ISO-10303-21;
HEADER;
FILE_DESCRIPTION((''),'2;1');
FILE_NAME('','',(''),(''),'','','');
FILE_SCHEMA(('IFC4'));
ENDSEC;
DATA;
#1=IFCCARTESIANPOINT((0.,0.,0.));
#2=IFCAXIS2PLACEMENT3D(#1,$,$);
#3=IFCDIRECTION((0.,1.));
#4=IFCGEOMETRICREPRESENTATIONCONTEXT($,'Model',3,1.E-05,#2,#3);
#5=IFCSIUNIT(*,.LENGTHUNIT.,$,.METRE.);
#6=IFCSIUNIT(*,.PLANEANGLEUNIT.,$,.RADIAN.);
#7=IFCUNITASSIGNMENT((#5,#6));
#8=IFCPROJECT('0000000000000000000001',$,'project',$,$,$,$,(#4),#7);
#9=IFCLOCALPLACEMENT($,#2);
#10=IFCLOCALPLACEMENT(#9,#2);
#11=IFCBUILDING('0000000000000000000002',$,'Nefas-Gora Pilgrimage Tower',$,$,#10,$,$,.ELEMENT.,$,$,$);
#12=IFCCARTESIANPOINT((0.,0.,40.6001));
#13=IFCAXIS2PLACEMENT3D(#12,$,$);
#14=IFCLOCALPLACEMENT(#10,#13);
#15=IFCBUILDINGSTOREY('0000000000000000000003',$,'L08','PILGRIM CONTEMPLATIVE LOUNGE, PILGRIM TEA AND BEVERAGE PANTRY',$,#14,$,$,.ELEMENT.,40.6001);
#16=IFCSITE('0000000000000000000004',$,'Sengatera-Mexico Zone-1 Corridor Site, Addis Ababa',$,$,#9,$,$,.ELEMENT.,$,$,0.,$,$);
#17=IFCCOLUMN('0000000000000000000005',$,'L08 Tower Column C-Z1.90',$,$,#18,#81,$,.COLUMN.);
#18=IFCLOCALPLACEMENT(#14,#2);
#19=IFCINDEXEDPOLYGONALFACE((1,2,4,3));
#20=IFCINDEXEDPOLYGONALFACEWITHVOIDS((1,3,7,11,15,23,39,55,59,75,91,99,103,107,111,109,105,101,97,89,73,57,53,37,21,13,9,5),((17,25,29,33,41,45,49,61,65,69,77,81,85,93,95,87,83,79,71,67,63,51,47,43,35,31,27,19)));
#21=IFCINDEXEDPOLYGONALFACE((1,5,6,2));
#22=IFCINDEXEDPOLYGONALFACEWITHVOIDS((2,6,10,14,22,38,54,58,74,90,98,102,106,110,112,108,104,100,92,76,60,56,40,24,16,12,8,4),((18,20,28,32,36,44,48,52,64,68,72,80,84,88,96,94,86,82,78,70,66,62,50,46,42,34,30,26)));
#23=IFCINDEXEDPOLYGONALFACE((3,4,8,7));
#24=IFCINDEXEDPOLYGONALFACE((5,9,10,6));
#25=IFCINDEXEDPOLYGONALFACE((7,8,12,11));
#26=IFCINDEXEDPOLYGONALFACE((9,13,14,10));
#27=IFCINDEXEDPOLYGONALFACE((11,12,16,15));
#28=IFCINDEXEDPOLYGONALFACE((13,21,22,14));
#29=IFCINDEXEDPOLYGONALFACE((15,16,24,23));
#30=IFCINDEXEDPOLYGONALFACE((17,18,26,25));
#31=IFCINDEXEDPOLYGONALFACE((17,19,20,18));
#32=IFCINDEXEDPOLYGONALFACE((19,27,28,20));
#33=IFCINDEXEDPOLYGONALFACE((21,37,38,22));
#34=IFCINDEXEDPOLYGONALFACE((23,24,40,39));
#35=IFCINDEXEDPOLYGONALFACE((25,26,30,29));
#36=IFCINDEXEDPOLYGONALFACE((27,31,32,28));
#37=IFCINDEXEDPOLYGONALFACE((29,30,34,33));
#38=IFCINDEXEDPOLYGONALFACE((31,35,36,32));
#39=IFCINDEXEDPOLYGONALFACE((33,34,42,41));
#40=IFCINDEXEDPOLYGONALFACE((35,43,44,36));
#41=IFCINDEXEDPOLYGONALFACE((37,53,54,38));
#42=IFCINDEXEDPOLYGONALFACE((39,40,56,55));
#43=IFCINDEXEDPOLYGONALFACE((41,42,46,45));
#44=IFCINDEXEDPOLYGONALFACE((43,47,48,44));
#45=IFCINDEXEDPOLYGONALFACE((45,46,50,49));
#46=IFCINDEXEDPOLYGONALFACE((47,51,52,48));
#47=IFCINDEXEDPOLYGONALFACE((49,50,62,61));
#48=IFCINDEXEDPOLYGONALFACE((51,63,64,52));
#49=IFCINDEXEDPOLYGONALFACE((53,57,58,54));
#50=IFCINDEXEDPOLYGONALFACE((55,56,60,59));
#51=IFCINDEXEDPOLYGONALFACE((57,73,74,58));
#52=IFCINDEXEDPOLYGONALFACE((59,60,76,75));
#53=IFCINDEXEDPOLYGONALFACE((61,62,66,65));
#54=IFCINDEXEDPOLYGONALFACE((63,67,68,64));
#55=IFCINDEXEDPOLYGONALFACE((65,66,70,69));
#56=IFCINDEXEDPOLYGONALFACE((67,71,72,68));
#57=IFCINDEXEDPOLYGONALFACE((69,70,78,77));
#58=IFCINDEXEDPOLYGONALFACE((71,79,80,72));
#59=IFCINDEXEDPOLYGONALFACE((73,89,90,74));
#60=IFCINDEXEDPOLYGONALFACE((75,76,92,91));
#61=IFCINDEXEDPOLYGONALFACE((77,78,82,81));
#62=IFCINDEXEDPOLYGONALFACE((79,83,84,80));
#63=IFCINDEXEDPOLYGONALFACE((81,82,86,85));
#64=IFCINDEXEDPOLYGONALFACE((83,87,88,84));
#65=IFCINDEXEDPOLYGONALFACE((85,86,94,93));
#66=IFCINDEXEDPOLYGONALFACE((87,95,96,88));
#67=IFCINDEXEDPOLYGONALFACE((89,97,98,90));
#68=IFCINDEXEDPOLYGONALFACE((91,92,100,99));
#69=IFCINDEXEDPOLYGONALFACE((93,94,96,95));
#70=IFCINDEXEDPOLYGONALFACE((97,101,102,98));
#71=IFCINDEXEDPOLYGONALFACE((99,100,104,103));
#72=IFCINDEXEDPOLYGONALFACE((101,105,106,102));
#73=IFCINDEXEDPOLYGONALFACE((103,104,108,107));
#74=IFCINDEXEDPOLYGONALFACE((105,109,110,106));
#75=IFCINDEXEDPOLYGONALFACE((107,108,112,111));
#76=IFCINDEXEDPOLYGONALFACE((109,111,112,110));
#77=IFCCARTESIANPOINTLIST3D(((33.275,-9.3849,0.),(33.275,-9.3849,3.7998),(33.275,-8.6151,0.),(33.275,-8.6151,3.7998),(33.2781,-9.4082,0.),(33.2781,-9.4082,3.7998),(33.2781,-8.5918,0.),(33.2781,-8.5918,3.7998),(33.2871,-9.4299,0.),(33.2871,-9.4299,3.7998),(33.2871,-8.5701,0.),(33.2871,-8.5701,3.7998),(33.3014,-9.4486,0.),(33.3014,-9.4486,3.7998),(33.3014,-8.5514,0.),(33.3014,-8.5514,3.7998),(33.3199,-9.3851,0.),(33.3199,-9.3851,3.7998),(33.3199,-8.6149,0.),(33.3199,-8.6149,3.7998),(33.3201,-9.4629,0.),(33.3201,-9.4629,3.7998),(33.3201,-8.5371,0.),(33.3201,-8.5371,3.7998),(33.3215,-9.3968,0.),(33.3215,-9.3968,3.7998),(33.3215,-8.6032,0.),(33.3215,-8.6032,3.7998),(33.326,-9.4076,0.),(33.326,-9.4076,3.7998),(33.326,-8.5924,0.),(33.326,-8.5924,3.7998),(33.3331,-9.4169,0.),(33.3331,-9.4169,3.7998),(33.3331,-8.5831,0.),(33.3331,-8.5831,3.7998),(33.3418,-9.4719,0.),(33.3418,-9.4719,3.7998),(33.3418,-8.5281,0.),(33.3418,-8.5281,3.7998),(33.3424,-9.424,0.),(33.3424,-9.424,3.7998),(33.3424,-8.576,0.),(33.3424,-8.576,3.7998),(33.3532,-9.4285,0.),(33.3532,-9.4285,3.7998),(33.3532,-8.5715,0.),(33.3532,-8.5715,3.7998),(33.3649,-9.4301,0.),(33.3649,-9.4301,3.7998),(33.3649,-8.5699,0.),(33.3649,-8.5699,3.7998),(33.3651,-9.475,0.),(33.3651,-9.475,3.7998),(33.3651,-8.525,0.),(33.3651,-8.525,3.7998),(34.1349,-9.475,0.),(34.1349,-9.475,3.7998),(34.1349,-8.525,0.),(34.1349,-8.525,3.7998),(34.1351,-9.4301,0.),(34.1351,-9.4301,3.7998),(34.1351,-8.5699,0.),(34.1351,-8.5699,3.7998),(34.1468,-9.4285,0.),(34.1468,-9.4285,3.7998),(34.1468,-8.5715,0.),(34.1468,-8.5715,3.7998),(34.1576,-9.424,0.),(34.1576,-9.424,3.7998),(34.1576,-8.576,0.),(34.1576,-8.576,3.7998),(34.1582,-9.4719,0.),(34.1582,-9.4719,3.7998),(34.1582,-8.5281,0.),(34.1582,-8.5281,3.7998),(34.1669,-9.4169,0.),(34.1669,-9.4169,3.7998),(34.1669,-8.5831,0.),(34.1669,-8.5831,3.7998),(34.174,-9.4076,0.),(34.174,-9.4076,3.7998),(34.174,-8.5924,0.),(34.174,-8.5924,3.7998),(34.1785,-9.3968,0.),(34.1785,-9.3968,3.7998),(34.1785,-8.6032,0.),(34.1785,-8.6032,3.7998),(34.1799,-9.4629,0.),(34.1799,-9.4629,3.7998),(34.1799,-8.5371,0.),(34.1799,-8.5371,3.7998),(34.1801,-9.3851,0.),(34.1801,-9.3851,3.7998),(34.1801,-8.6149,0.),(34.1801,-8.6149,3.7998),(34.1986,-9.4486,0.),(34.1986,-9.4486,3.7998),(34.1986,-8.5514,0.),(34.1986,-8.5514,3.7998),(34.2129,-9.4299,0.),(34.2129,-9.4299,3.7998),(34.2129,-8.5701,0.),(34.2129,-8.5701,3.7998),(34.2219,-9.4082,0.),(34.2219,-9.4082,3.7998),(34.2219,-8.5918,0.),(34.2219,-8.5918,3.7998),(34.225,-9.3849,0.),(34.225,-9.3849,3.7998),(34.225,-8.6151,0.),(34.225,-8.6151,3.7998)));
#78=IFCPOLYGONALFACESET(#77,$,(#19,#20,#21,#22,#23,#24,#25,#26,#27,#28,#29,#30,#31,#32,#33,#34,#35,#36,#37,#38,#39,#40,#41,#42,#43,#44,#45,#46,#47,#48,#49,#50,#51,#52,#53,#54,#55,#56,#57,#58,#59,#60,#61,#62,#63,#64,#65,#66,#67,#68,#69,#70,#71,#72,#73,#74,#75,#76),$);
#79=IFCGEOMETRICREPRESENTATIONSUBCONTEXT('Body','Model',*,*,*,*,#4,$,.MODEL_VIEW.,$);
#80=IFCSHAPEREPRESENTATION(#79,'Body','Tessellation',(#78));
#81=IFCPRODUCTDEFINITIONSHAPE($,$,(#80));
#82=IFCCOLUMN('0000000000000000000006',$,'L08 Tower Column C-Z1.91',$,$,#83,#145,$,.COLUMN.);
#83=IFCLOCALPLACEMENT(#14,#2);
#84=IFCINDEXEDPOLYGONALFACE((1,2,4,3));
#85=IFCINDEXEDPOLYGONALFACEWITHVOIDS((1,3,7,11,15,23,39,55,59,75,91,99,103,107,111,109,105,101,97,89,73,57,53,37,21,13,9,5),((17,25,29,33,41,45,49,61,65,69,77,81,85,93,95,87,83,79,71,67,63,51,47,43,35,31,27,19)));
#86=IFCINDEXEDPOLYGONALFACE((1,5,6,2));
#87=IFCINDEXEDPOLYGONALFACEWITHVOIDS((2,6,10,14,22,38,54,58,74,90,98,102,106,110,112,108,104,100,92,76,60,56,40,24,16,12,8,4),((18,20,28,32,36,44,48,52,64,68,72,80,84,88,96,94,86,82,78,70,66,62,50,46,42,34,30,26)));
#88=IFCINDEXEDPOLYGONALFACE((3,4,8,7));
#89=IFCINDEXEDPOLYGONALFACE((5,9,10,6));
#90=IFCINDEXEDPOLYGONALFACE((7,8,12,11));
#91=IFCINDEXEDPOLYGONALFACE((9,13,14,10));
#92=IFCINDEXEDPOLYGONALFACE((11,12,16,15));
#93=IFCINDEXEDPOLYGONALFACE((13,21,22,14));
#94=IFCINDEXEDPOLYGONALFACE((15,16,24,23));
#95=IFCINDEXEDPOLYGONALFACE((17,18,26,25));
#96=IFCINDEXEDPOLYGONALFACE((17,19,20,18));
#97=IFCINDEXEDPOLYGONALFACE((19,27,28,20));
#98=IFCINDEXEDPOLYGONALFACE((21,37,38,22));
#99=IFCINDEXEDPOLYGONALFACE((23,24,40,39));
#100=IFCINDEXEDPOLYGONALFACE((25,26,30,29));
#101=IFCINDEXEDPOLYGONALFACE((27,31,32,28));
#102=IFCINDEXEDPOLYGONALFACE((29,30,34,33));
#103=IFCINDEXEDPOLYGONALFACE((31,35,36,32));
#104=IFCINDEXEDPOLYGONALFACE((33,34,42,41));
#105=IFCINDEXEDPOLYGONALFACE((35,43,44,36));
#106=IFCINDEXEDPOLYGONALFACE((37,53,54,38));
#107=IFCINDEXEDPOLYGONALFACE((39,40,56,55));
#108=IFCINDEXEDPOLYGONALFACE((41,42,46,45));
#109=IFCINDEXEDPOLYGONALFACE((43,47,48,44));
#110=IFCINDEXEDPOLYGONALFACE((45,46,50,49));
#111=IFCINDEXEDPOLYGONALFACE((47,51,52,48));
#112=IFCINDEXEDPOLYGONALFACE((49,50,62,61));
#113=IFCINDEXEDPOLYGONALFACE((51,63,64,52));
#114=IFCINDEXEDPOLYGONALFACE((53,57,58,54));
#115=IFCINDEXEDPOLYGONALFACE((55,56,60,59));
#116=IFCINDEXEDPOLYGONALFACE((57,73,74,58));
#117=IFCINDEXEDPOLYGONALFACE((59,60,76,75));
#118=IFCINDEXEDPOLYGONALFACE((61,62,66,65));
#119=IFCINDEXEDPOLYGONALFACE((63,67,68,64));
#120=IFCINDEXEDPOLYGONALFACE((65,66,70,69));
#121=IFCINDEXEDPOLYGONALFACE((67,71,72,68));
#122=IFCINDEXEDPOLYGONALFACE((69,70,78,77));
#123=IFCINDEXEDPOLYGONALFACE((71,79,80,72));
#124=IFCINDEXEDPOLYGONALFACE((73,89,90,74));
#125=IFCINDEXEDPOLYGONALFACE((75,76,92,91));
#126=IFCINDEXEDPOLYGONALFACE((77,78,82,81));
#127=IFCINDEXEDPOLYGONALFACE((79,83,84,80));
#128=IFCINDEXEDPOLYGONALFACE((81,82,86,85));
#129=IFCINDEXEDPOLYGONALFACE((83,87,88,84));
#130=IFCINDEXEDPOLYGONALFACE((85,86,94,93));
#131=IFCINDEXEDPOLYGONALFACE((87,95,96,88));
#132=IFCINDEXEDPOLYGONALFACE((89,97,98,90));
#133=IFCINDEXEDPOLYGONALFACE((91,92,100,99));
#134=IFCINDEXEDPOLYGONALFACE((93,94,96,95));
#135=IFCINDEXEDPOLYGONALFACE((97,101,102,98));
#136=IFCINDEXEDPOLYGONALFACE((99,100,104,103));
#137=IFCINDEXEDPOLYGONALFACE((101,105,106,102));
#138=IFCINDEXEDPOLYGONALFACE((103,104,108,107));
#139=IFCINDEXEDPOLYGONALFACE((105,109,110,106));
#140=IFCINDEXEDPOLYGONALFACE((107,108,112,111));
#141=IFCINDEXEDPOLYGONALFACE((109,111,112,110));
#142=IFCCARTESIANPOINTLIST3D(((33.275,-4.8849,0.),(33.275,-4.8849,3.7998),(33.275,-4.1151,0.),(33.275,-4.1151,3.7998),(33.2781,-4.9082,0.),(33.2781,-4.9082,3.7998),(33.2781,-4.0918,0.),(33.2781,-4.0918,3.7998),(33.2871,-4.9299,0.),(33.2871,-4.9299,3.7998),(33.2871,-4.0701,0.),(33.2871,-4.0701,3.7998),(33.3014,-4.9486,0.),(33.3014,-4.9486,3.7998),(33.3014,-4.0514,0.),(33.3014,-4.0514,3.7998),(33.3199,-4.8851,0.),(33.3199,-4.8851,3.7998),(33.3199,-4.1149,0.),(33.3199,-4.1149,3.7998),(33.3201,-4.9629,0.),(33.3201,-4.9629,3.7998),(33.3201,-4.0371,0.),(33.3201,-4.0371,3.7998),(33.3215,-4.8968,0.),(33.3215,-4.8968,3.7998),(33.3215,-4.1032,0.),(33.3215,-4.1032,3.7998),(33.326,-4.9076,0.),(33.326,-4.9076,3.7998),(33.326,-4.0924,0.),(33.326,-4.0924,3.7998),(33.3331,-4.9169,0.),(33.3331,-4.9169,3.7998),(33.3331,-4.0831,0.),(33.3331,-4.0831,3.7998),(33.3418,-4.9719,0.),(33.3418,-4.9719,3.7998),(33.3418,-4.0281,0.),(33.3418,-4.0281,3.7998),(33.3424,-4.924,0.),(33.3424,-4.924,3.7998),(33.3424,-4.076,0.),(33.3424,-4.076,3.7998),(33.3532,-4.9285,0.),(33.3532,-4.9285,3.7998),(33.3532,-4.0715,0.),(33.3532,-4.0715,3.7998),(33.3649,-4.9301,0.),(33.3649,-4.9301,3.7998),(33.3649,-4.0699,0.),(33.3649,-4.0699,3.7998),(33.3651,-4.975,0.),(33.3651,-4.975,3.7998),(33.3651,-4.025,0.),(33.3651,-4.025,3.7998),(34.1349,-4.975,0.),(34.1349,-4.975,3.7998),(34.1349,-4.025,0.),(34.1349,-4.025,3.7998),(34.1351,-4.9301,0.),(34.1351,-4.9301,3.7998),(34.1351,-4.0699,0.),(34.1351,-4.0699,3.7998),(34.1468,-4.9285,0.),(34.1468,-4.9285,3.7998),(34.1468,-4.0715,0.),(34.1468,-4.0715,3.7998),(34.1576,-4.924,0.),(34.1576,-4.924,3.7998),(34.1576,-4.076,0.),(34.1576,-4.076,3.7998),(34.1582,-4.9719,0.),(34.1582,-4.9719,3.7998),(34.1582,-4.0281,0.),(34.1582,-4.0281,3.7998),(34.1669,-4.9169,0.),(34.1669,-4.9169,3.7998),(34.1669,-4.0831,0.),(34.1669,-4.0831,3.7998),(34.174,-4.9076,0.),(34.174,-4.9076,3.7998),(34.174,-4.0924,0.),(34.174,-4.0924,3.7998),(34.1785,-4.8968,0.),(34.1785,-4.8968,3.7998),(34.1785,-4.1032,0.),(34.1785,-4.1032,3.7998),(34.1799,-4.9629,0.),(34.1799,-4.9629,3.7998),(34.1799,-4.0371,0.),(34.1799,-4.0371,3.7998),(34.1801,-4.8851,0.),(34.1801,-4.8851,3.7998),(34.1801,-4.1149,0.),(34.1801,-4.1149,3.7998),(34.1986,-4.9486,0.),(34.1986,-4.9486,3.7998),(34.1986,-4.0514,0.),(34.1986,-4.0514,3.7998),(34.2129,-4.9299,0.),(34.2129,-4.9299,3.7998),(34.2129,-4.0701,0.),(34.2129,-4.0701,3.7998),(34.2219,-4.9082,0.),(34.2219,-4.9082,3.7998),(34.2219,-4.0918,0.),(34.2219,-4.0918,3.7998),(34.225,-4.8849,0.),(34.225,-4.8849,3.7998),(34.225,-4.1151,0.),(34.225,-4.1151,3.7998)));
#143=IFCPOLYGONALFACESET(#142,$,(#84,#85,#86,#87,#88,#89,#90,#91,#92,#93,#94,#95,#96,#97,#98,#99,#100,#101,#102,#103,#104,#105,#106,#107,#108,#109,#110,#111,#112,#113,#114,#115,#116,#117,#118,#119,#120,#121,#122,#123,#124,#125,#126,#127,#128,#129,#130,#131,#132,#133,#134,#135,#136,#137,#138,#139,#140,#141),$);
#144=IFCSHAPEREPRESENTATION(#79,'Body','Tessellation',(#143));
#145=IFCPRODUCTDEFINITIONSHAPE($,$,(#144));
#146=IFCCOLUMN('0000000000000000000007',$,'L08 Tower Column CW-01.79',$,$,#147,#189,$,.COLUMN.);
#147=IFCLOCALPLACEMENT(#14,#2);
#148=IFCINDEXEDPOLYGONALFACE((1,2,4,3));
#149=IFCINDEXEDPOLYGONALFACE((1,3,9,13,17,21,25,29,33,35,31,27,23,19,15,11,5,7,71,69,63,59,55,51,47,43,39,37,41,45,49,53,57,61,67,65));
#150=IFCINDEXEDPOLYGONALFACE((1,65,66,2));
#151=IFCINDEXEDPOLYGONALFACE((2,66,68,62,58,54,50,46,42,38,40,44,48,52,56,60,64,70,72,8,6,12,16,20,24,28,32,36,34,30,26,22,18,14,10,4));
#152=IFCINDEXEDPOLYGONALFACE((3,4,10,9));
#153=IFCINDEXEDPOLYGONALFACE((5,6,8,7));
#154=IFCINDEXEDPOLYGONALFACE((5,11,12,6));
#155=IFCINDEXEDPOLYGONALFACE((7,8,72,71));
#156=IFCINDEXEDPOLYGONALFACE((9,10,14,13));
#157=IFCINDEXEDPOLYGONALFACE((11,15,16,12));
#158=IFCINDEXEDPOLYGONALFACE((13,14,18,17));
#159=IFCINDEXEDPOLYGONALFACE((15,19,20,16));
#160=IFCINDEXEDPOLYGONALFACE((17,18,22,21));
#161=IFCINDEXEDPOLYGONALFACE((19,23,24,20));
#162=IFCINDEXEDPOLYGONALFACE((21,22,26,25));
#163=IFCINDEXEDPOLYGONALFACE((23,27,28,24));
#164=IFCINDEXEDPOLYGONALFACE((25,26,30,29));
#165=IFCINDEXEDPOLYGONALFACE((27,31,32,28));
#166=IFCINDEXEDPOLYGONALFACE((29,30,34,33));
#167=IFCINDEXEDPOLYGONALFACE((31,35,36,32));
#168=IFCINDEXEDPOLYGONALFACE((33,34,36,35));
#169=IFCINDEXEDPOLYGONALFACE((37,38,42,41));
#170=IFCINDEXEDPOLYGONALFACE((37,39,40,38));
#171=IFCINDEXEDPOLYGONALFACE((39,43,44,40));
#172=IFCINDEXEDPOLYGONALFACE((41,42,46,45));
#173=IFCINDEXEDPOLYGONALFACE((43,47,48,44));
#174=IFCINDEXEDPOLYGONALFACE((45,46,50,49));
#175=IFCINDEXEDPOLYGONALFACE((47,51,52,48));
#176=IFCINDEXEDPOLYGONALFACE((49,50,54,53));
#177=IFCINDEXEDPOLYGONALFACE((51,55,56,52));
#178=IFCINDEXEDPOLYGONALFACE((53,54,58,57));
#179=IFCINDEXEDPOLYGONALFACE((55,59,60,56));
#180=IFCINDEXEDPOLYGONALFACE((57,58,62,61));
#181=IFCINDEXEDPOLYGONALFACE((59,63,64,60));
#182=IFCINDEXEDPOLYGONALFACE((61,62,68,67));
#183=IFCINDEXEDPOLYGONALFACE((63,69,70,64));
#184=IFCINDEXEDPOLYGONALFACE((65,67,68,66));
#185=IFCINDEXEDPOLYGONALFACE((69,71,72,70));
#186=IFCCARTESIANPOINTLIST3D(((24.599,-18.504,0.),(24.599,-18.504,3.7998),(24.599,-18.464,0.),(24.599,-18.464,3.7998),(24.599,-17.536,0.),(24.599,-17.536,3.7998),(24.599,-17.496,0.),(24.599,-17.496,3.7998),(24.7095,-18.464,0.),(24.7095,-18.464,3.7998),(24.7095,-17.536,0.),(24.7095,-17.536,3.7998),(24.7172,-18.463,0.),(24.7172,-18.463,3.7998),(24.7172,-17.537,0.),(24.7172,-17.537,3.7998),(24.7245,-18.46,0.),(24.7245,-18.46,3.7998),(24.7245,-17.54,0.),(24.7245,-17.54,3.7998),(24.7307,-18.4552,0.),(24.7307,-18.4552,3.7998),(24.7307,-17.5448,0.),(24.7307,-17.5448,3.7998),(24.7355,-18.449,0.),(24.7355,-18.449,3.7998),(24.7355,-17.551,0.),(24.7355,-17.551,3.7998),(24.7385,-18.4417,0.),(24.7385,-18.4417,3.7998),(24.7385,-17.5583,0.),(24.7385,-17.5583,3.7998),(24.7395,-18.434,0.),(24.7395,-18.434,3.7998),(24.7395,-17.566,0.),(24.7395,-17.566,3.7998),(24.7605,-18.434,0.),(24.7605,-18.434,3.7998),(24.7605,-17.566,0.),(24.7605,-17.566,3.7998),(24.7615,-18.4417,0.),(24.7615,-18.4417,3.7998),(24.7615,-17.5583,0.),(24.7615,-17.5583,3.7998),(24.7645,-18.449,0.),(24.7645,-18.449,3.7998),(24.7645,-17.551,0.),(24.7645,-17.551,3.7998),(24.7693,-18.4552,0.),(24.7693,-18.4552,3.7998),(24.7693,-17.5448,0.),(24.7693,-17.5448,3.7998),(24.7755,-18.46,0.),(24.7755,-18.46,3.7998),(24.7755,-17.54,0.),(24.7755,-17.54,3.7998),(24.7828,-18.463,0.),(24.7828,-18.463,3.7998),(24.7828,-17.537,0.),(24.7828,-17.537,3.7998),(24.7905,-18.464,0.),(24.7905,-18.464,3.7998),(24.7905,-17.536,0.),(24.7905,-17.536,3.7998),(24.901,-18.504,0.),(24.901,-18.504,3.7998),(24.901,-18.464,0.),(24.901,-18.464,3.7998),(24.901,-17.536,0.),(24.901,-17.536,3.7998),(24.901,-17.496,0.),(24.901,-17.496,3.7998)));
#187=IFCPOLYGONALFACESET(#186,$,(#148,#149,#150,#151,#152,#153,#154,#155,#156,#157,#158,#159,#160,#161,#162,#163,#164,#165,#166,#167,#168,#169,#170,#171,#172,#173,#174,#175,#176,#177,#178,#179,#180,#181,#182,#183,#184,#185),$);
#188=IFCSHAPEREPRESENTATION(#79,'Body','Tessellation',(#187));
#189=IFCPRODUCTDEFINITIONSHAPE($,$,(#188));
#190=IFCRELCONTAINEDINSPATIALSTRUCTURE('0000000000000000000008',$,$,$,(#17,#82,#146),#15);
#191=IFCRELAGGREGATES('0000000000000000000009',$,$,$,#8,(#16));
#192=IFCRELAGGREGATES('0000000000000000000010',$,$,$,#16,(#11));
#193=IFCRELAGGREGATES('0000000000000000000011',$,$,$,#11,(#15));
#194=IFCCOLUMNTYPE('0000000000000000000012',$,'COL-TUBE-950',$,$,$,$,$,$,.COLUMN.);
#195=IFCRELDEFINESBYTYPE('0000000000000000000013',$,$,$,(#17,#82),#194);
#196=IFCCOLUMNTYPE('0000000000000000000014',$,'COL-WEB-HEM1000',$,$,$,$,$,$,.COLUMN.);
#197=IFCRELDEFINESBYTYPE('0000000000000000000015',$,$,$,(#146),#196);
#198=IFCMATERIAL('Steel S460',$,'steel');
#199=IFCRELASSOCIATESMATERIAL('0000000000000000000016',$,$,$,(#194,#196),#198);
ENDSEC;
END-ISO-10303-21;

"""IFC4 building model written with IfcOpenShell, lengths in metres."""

from ifc_helpers import new_model, si_unit, direction, frame, origin, origin_2d, place, context, subcontext, project, spatial, hollow_rectangle, i_section, extrude, source, transform, mapped, material, material_profile, profile_set, type_object, element, save


model = new_model("IFC4")

# Units and contexts
model_context = context("Model", 3, precision=1e-05, world=origin(), true_north=direction((0.0, 1.0)))
body_context = subcontext(model_context, "Body", "Model", "MODEL_VIEW")
ifc_project = project(units=[si_unit("LENGTHUNIT", "METRE"), si_unit("PLANEANGLEUNIT", "RADIAN")], contexts=[model_context])

# Site, building, storey
site_placement = place(None, origin())
site = spatial("IfcSite", under=ifc_project, at=site_placement, Name="Sengatera-Mexico Zone-1 Corridor Site, Addis Ababa", CompositionType="ELEMENT", RefElevation=0.0)
building_placement = place(site_placement, origin())
building = spatial("IfcBuilding", under=site, at=building_placement, Name="Nefas-Gora Pilgrimage Tower", CompositionType="ELEMENT")
storey_placement = place(building_placement, frame((0.0, 0.0, 40.6001)))
storey = spatial("IfcBuildingStorey", under=building, at=storey_placement, Name="L08", Description="PILGRIM CONTEMPLATIVE LOUNGE, PILGRIM TEA AND BEVERAGE PANTRY", CompositionType="ELEMENT", Elevation=40.6001)

# Columns
ifc_material_1 = material(Name="Steel S460", Category="steel")
ifc_material_profile_1 = material_profile(ifc_material_1, hollow_rectangle(XDim=0.95, YDim=0.95, WallThickness=0.0449, InnerFilletRadius=0.0449, OuterFilletRadius=0.0901, at=origin_2d()), Name="BOX 950x950x45")
ifc_profile_set_1 = profile_set([ifc_material_profile_1], Name="Steel S460")
column_type_1 = type_object("IfcColumnType", Name="COL-TUBE-950", PredefinedType="COLUMN", material=ifc_profile_set_1)
shared_shape_1 = source(origin(), body_context, "Body", "SweptSolid", [
    extrude(hollow_rectangle(XDim=0.95, YDim=0.95, WallThickness=0.0449, InnerFilletRadius=0.0449, OuterFilletRadius=0.0901, at=origin_2d()), origin(), (0.0, 0.0, 1.0), 3.7998),
])
for number, where, z_axis, x_axis, name in (
    (1, (33.75, -9.0, 0.0), (0.0, 0.0, 1.0), (1.0, 0.0, 0.0), "L08 Tower Column C-Z1.90"),
    (2, (33.75, -4.5, 0.0), (0.0, 0.0, 1.0), (1.0, 0.0, 0.0), "L08 Tower Column C-Z1.91"),
):
    element("IfcColumn", number, at=place(storey_placement, frame(where, z_axis=z_axis, x_axis=x_axis)), inside=storey, type_object=column_type_1, Name=name, PredefinedType="COLUMN", context=body_context, shape_type="MappedRepresentation", body=[
        mapped(shared_shape_1, transform((0.0, 0.0, 0.0), x_axis=(1.0, 0.0, 0.0), y_axis=(0.0, 1.0, 0.0), z_axis=(0.0, 0.0, 1.0), scale=1.0)),
    ])
ifc_material_profile_2 = material_profile(ifc_material_1, i_section(OverallWidth=0.302, OverallDepth=1.0081, WebThickness=0.021, FlangeThickness=0.04, FilletRadius=0.03, at=origin_2d()), Name="HEM 1000")
ifc_profile_set_2 = profile_set([ifc_material_profile_2], Name="Steel S460")
column_type_2 = type_object("IfcColumnType", Name="COL-WEB-HEM1000", PredefinedType="COLUMN", material=ifc_profile_set_2)
shared_shape_2 = source(origin(), body_context, "Body", "SweptSolid", [
    extrude(i_section(OverallWidth=0.302, OverallDepth=1.0081, WebThickness=0.021, FlangeThickness=0.04, FilletRadius=0.03, at=origin_2d()), origin(), (0.0, 0.0, 1.0), 3.7998),
])
for number, where, z_axis, x_axis, name in (
    (3, (24.75, -18.0, 0.0), (0.0, 0.0, 1.0), (1.0, 0.0, 0.0), "L08 Tower Column CW-01.79"),
):
    element("IfcColumn", number, at=place(storey_placement, frame(where, z_axis=z_axis, x_axis=x_axis)), inside=storey, type_object=column_type_2, Name=name, PredefinedType="COLUMN", context=body_context, shape_type="MappedRepresentation", body=[
        mapped(shared_shape_2, transform((0.0, 0.0, 0.0), x_axis=(1.0, 0.0, 0.0), y_axis=(0.0, 1.0, 0.0), z_axis=(0.0, 0.0, 1.0), scale=1.0)),
    ])

save(model, "model.ifc")
